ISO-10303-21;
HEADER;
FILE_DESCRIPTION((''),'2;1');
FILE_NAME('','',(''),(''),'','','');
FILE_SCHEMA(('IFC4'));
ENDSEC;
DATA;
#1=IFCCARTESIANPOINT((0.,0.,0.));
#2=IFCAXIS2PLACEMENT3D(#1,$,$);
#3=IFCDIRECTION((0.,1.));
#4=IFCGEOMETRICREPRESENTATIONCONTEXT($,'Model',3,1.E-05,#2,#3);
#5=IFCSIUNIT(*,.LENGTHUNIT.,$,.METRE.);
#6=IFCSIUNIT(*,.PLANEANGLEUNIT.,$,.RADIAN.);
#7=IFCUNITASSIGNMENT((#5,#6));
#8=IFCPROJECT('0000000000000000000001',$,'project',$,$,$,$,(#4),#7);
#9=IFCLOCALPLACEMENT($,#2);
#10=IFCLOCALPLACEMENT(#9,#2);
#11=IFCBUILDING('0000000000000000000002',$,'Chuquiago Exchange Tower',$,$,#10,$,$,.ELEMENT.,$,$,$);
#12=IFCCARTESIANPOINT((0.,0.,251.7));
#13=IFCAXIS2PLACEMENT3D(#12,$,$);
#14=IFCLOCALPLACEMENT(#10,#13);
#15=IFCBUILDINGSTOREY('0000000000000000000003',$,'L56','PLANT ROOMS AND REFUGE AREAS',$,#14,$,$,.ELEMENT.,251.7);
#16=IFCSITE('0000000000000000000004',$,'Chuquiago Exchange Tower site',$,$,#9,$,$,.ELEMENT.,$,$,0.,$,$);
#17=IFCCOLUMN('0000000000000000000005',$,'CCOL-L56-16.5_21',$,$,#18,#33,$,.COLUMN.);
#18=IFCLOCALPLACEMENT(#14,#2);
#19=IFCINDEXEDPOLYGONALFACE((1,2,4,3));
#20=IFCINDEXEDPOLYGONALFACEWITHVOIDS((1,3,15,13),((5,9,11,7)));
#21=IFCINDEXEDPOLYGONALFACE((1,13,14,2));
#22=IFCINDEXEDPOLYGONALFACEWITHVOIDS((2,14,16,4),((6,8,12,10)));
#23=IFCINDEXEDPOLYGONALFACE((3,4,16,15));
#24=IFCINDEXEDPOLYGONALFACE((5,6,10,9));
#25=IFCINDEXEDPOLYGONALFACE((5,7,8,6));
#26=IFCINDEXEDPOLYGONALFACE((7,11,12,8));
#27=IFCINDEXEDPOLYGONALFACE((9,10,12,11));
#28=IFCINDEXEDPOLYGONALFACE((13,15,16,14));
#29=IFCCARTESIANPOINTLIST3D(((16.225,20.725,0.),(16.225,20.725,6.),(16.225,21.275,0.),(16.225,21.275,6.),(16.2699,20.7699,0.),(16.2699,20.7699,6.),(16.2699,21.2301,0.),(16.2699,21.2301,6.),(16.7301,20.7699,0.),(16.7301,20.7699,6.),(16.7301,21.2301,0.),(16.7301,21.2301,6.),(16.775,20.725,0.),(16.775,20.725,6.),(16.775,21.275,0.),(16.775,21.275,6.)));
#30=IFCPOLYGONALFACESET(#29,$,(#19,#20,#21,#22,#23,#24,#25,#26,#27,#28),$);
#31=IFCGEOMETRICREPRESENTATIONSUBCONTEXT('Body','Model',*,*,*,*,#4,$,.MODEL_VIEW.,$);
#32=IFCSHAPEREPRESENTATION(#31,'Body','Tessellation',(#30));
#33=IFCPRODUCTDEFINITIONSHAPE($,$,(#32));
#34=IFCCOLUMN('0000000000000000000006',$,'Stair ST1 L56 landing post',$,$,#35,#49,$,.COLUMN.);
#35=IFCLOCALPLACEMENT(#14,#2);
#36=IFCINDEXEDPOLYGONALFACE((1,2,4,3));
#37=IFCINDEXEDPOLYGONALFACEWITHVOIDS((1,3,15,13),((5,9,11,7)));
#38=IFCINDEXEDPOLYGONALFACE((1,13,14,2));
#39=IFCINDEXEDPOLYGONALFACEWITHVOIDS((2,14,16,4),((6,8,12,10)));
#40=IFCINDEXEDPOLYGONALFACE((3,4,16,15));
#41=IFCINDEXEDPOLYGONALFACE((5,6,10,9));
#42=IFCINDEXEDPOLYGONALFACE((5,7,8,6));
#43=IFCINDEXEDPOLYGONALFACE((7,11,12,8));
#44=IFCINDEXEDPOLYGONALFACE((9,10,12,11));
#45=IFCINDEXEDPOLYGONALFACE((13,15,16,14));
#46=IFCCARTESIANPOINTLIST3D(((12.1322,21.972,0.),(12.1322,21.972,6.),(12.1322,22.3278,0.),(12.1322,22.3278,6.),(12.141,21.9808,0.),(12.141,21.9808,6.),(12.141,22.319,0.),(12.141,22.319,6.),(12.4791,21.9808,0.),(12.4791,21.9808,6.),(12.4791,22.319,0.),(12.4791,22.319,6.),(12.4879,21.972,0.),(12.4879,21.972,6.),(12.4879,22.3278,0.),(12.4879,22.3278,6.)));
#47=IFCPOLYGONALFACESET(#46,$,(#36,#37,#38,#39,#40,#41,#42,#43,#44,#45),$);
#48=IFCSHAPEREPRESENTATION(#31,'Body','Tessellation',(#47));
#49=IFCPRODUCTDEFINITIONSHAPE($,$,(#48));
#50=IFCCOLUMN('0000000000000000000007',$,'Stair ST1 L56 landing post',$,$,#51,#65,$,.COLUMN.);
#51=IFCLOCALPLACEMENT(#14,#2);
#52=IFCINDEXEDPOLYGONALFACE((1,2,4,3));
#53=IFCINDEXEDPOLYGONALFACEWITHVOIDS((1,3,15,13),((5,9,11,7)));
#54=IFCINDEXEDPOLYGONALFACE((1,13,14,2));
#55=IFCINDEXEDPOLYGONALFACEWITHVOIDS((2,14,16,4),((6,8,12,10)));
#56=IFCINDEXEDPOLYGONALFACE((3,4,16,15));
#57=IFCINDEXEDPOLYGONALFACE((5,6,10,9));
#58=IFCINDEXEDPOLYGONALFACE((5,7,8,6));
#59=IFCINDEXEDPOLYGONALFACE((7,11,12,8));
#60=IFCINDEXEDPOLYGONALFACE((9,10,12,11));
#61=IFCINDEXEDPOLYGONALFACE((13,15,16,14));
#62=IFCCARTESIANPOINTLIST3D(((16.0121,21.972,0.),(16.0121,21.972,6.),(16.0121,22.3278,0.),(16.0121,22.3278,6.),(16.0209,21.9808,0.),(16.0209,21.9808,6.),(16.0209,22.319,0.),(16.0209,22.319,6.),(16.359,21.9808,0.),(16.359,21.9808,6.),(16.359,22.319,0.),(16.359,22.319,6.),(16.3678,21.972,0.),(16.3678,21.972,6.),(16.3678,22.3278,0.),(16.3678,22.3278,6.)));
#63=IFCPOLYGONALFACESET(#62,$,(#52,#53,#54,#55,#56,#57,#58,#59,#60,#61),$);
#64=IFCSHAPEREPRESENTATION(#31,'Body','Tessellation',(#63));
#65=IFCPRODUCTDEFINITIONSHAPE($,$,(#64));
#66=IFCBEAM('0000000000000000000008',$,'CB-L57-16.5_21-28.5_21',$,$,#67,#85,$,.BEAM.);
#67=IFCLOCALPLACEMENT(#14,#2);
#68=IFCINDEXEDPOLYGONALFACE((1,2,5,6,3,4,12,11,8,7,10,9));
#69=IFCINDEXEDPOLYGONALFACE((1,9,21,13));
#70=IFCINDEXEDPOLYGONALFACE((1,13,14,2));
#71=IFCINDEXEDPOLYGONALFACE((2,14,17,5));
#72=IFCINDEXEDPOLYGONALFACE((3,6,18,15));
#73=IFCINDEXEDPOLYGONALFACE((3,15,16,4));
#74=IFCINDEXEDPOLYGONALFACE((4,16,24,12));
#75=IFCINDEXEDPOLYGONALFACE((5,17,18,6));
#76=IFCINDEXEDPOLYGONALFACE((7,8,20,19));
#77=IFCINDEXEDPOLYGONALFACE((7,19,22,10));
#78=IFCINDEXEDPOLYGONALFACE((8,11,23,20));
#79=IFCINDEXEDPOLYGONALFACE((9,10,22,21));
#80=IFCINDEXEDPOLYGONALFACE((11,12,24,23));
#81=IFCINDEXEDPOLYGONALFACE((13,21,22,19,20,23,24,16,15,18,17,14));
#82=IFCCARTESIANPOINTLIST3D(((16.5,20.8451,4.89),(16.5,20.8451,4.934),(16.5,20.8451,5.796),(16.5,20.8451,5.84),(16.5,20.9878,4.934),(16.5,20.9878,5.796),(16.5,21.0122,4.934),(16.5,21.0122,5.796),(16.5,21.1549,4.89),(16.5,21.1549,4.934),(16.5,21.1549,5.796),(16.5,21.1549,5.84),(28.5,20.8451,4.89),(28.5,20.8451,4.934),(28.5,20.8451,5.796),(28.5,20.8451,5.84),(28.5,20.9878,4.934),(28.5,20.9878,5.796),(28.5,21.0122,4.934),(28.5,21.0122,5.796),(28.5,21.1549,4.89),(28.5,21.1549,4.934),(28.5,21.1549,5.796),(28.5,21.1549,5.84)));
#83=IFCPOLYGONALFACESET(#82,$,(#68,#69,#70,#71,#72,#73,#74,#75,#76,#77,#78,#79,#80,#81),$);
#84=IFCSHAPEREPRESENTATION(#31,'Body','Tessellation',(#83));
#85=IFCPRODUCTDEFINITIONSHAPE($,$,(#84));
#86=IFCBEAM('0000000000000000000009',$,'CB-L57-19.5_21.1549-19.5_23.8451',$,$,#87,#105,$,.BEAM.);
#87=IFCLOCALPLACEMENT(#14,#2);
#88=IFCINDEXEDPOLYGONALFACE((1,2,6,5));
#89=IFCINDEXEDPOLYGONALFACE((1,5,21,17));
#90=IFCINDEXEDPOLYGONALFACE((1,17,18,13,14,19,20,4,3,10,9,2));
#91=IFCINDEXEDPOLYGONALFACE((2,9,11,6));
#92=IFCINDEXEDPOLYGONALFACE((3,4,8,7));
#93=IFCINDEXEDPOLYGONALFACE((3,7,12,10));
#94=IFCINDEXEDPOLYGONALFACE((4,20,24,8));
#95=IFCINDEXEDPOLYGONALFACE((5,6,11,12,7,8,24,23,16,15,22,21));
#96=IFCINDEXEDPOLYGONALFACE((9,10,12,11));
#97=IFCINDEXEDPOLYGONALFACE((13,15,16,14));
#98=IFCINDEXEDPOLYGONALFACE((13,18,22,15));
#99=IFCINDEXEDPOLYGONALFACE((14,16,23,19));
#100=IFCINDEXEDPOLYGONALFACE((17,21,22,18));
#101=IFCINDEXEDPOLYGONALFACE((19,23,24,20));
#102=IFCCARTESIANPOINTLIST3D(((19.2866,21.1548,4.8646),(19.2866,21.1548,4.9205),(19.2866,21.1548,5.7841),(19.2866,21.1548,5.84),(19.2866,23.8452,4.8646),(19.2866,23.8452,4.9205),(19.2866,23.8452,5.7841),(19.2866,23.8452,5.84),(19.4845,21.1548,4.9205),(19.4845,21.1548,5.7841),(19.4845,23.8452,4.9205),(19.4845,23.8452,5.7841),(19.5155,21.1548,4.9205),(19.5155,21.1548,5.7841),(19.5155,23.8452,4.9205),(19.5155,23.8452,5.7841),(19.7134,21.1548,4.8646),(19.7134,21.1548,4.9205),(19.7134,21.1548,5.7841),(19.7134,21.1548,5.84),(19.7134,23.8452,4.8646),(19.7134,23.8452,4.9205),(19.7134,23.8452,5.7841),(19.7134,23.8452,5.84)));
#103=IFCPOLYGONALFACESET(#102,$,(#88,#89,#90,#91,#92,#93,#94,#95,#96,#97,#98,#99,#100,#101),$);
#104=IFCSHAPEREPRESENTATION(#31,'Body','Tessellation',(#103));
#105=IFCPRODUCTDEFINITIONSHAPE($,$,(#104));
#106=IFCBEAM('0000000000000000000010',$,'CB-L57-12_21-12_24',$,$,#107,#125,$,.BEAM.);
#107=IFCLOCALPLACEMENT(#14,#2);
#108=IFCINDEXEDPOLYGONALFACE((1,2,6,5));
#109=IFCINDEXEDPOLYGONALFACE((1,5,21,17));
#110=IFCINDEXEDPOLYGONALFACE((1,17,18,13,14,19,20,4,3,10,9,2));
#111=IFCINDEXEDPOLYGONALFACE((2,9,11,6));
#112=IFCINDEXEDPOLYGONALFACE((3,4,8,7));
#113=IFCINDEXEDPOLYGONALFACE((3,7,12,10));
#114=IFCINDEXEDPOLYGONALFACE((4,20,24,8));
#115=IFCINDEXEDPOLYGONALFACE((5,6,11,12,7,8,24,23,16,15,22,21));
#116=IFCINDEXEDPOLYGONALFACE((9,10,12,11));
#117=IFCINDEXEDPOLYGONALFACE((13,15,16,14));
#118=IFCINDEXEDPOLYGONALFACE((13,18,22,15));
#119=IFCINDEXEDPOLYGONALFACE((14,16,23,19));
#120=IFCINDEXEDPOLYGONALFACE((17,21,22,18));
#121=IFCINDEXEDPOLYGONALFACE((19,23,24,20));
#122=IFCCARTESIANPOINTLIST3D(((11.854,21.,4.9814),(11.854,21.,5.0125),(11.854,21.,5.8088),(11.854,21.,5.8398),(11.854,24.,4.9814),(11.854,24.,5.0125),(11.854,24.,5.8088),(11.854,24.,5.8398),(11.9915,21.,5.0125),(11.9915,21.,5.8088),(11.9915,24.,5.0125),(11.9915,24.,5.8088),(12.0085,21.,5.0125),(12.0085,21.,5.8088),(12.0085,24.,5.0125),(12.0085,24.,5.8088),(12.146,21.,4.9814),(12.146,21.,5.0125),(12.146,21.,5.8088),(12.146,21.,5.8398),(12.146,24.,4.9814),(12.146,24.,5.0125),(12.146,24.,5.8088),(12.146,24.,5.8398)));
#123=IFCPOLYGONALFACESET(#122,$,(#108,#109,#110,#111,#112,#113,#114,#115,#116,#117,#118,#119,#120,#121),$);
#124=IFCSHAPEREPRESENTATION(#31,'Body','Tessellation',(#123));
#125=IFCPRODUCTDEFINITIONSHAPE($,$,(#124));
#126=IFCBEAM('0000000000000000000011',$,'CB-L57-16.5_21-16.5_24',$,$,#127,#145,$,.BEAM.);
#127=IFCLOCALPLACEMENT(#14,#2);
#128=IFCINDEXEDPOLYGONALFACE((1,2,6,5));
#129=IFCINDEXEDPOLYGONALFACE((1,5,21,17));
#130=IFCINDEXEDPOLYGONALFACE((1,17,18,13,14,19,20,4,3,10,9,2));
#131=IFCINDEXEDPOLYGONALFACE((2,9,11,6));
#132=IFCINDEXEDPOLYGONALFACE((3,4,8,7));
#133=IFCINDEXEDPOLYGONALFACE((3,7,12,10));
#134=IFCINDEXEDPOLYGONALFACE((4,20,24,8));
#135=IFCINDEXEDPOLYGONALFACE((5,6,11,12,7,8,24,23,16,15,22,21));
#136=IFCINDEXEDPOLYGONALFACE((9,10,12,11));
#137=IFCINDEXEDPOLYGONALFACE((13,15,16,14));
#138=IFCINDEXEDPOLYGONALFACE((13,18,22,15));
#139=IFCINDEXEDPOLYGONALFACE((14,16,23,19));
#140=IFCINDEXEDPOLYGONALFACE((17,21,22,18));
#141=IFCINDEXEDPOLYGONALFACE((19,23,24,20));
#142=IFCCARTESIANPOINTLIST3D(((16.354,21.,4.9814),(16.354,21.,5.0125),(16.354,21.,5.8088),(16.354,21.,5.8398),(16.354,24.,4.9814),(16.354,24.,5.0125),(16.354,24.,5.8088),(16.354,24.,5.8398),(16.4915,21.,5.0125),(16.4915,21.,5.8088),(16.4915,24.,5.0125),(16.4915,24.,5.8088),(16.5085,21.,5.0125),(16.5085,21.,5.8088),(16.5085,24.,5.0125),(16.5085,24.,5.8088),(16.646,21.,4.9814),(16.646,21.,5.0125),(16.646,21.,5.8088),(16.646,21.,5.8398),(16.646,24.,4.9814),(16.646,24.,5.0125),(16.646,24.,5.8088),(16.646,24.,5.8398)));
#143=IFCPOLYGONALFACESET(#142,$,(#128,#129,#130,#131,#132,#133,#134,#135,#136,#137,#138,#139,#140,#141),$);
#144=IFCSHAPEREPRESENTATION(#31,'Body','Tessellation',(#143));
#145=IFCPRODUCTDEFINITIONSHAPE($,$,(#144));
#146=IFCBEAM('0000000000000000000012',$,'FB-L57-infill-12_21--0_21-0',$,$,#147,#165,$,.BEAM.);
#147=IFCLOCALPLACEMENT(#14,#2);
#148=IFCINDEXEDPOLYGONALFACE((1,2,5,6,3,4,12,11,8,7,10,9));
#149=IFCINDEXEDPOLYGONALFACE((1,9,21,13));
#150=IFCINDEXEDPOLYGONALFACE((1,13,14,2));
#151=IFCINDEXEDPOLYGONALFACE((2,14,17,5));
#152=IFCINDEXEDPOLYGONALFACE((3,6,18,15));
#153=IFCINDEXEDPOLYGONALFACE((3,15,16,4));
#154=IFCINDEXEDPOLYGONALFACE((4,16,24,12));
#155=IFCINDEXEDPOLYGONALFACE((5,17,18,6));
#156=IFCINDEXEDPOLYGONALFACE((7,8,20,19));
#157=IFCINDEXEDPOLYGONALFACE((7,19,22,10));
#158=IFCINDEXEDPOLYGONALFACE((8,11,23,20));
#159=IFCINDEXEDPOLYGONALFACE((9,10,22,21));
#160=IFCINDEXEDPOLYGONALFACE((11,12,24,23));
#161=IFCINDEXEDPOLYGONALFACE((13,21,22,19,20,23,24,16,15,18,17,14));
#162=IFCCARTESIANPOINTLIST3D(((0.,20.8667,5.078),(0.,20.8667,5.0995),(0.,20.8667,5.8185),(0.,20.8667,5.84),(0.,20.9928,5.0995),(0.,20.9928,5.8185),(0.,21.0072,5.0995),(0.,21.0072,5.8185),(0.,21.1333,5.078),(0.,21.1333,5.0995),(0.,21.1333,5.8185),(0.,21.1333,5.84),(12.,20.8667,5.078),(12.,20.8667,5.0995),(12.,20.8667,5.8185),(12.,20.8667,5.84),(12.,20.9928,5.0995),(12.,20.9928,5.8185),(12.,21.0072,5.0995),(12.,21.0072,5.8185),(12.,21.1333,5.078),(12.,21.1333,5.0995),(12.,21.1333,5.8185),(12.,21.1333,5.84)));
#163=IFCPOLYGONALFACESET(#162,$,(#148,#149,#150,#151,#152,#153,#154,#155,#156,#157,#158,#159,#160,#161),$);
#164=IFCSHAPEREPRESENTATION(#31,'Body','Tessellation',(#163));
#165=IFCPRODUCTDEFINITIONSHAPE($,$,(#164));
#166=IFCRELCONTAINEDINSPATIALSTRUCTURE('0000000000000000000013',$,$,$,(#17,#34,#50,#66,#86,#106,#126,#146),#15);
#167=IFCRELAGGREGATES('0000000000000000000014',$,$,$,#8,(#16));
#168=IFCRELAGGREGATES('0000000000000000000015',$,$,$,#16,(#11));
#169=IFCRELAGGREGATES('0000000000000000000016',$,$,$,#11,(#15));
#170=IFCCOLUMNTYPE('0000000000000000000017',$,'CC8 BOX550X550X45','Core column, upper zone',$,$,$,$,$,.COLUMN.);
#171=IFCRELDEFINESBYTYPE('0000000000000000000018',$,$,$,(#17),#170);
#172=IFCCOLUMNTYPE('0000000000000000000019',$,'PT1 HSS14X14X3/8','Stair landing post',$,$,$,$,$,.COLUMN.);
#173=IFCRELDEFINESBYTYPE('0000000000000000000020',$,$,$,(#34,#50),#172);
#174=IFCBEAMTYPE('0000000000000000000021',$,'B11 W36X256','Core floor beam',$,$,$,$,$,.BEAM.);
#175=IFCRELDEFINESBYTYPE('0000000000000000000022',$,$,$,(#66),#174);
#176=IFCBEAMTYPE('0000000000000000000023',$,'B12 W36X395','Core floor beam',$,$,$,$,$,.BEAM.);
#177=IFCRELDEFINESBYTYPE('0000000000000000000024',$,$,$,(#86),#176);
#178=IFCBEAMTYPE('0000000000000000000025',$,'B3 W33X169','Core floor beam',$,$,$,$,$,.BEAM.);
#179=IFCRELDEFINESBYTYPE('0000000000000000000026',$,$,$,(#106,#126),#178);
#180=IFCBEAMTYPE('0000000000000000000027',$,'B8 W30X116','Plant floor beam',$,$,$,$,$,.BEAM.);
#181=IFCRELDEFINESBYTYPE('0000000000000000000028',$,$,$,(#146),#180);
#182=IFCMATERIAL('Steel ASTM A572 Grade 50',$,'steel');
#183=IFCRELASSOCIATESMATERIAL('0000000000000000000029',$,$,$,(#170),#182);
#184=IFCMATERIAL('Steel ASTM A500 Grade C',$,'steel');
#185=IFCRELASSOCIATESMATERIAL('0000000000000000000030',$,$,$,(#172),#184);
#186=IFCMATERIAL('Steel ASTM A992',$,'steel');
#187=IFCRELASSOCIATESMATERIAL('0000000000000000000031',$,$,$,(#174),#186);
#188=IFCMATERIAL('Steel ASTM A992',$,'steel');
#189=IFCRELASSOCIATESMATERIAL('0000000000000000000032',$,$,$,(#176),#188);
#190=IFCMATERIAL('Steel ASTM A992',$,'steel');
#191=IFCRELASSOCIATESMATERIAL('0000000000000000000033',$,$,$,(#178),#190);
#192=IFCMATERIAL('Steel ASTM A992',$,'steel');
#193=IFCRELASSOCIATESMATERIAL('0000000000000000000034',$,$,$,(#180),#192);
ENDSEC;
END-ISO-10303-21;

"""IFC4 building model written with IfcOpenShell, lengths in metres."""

from ifc_helpers import new_model, si_unit, direction, frame, origin, origin_2d, place, context, subcontext, project, spatial, hollow_rectangle, i_section, extrude, material, material_profile, profile_set, type_object, element, save


model = new_model("IFC4")

# Units and contexts
model_context = context("Model", 3, precision=1e-05, world=origin(), true_north=direction((0.0, 1.0)))
body_context = subcontext(model_context, "Body", "Model", "MODEL_VIEW")
ifc_project = project(units=[si_unit("LENGTHUNIT", "METRE"), si_unit("PLANEANGLEUNIT", "RADIAN")], contexts=[model_context])

# Site, building, storey
site_placement = place(None, origin())
site = spatial("IfcSite", under=ifc_project, at=site_placement, Name="Chuquiago Exchange Tower site", CompositionType="ELEMENT", RefElevation=0.0)
building_placement = place(site_placement, origin())
building = spatial("IfcBuilding", under=site, at=building_placement, Name="Chuquiago Exchange Tower", CompositionType="ELEMENT")
storey_placement = place(building_placement, frame((0.0, 0.0, 251.7)))
storey = spatial("IfcBuildingStorey", under=building, at=storey_placement, Name="L56", Description="PLANT ROOMS AND REFUGE AREAS", CompositionType="ELEMENT", Elevation=251.7)

# Columns
ifc_material_1 = material(Name="Steel ASTM A572 Grade 50", Category="steel")
ifc_material_profile_1 = material_profile(ifc_material_1, hollow_rectangle(XDim=0.55, YDim=0.55, WallThickness=0.0449, at=origin_2d()), Name="BOX550X550X45")
ifc_profile_set_1 = profile_set([ifc_material_profile_1], Name="Steel ASTM A572 Grade 50")
column_type_1 = type_object("IfcColumnType", Name="CC8 BOX550X550X45", Description="Core column, upper zone", PredefinedType="COLUMN", material=ifc_profile_set_1)
column_placement = place(storey_placement, frame((16.5, 21.0, 0.0), z_axis=(0.0, 0.0, 1.0), x_axis=(1.0, 0.0, 0.0)))
element("IfcColumn", 1, at=column_placement, inside=storey, type_object=column_type_1, Name="CCOL-L56-16.5_21", PredefinedType="COLUMN", context=body_context, shape_type="SweptSolid", body=[
    extrude(hollow_rectangle(XDim=0.55, YDim=0.55, WallThickness=0.0449, at=origin_2d()), origin(), (0.0, 0.0, 1.0), 6.0),
])
ifc_material_2 = material(Name="Steel ASTM A500 Grade C", Category="steel")
ifc_material_profile_2 = material_profile(ifc_material_2, hollow_rectangle(XDim=0.3557, YDim=0.3557, WallThickness=0.0088, at=origin_2d()), Name="HSS14X14X3/8")
ifc_profile_set_2 = profile_set([ifc_material_profile_2], Name="Steel ASTM A500 Grade C")
column_type_2 = type_object("IfcColumnType", Name="PT1 HSS14X14X3/8", Description="Stair landing post", PredefinedType="COLUMN", material=ifc_profile_set_2)
for number, where, z_axis, x_axis, name in (
    (2, (12.3101, 22.1499, 0.0), (0.0, 0.0, 1.0), (1.0, 0.0, 0.0), "Stair ST1 L56 landing post"),
    (3, (16.1899, 22.1499, 0.0), (0.0, 0.0, 1.0), (1.0, 0.0, 0.0), "Stair ST1 L56 landing post"),
):
    element("IfcColumn", number, at=place(storey_placement, frame(where, z_axis=z_axis, x_axis=x_axis)), inside=storey, type_object=column_type_2, Name=name, PredefinedType="COLUMN", context=body_context, shape_type="SweptSolid", body=[
        extrude(hollow_rectangle(XDim=0.3557, YDim=0.3557, WallThickness=0.0088, at=origin_2d()), origin(), (0.0, 0.0, 1.0), 6.0),
    ])

# Beams
ifc_material_3 = material(Name="Steel ASTM A992", Category="steel")
ifc_material_profile_3 = material_profile(ifc_material_3, i_section(OverallWidth=0.3098, OverallDepth=0.95, WebThickness=0.0244, FlangeThickness=0.0439, at=origin_2d()), Name="W36X256")
ifc_profile_set_3 = profile_set([ifc_material_profile_3], Name="Steel ASTM A992")
beam_type_1 = type_object("IfcBeamType", Name="B11 W36X256", Description="Core floor beam", PredefinedType="BEAM", material=ifc_profile_set_3)
beam_1_placement = place(storey_placement, frame((16.5, 21.0, 5.365), z_axis=(1.0, 0.0, 0.0), x_axis=(0.0, 1.0, 0.0)))
element("IfcBeam", 4, at=beam_1_placement, inside=storey, type_object=beam_type_1, Name="CB-L57-16.5_21-28.5_21", PredefinedType="BEAM", context=body_context, shape_type="SweptSolid", body=[
    extrude(i_section(OverallWidth=0.3098, OverallDepth=0.95, WebThickness=0.0244, FlangeThickness=0.0439, at=origin_2d()), origin(), (0.0, 0.0, 1.0), 12.0),
])
ifc_material_4 = material(Name="Steel ASTM A992", Category="steel")
ifc_material_profile_4 = material_profile(ifc_material_4, i_section(OverallWidth=0.4268, OverallDepth=0.9753, WebThickness=0.031, FlangeThickness=0.0559, at=origin_2d()), Name="W36X395")
ifc_profile_set_4 = profile_set([ifc_material_profile_4], Name="Steel ASTM A992")
beam_type_2 = type_object("IfcBeamType", Name="B12 W36X395", Description="Core floor beam", PredefinedType="BEAM", material=ifc_profile_set_4)
beam_2_placement = place(storey_placement, frame((19.5, 21.1548, 5.3523), z_axis=(0.0, 1.0, 0.0), x_axis=(-1.0, 0.0, 0.0)))
element("IfcBeam", 5, at=beam_2_placement, inside=storey, type_object=beam_type_2, Name="CB-L57-19.5_21.1549-19.5_23.8451", PredefinedType="BEAM", context=body_context, shape_type="SweptSolid", body=[
    extrude(i_section(OverallWidth=0.4268, OverallDepth=0.9753, WebThickness=0.031, FlangeThickness=0.0559, at=origin_2d()), origin(), (0.0, 0.0, 1.0), 2.6904),
])
ifc_material_5 = material(Name="Steel ASTM A992", Category="steel")
ifc_material_profile_5 = material_profile(ifc_material_5, i_section(OverallWidth=0.292, OverallDepth=0.8584, WebThickness=0.0171, FlangeThickness=0.031, at=origin_2d()), Name="W33X169")
ifc_profile_set_5 = profile_set([ifc_material_profile_5], Name="Steel ASTM A992")
beam_type_3 = type_object("IfcBeamType", Name="B3 W33X169", Description="Core floor beam", PredefinedType="BEAM", material=ifc_profile_set_5)
for number, where, z_axis, x_axis, name in (
    (6, (12.0, 21.0, 5.4106), (0.0, 1.0, 0.0), (-1.0, 0.0, 0.0), "CB-L57-12_21-12_24"),
    (7, (16.5, 21.0, 5.4106), (0.0, 1.0, 0.0), (-1.0, 0.0, 0.0), "CB-L57-16.5_21-16.5_24"),
):
    element("IfcBeam", number, at=place(storey_placement, frame(where, z_axis=z_axis, x_axis=x_axis)), inside=storey, type_object=beam_type_3, Name=name, PredefinedType="BEAM", context=body_context, shape_type="SweptSolid", body=[
        extrude(i_section(OverallWidth=0.292, OverallDepth=0.8584, WebThickness=0.0171, FlangeThickness=0.031, at=origin_2d()), origin(), (0.0, 0.0, 1.0), 3.0),
    ])
ifc_material_6 = material(Name="Steel ASTM A992", Category="steel")
ifc_material_profile_6 = material_profile(ifc_material_6, i_section(OverallWidth=0.2666, OverallDepth=0.762, WebThickness=0.0144, FlangeThickness=0.0215, at=origin_2d()), Name="W30X116")
ifc_profile_set_6 = profile_set([ifc_material_profile_6], Name="Steel ASTM A992")
beam_type_4 = type_object("IfcBeamType", Name="B8 W30X116", Description="Plant floor beam", PredefinedType="BEAM", material=ifc_profile_set_6)
beam_3_placement = place(storey_placement, frame((12.0, 21.0, 5.459), z_axis=(-1.0, 0.0, 0.0), x_axis=(0.0, -1.0, 0.0)))
element("IfcBeam", 8, at=beam_3_placement, inside=storey, type_object=beam_type_4, Name="FB-L57-infill-12_21--0_21-0", PredefinedType="BEAM", context=body_context, shape_type="SweptSolid", body=[
    extrude(i_section(OverallWidth=0.2666, OverallDepth=0.762, WebThickness=0.0144, FlangeThickness=0.0215, at=origin_2d()), origin(), (0.0, 0.0, 1.0), 12.0),
])

save(model, "model.ifc")
